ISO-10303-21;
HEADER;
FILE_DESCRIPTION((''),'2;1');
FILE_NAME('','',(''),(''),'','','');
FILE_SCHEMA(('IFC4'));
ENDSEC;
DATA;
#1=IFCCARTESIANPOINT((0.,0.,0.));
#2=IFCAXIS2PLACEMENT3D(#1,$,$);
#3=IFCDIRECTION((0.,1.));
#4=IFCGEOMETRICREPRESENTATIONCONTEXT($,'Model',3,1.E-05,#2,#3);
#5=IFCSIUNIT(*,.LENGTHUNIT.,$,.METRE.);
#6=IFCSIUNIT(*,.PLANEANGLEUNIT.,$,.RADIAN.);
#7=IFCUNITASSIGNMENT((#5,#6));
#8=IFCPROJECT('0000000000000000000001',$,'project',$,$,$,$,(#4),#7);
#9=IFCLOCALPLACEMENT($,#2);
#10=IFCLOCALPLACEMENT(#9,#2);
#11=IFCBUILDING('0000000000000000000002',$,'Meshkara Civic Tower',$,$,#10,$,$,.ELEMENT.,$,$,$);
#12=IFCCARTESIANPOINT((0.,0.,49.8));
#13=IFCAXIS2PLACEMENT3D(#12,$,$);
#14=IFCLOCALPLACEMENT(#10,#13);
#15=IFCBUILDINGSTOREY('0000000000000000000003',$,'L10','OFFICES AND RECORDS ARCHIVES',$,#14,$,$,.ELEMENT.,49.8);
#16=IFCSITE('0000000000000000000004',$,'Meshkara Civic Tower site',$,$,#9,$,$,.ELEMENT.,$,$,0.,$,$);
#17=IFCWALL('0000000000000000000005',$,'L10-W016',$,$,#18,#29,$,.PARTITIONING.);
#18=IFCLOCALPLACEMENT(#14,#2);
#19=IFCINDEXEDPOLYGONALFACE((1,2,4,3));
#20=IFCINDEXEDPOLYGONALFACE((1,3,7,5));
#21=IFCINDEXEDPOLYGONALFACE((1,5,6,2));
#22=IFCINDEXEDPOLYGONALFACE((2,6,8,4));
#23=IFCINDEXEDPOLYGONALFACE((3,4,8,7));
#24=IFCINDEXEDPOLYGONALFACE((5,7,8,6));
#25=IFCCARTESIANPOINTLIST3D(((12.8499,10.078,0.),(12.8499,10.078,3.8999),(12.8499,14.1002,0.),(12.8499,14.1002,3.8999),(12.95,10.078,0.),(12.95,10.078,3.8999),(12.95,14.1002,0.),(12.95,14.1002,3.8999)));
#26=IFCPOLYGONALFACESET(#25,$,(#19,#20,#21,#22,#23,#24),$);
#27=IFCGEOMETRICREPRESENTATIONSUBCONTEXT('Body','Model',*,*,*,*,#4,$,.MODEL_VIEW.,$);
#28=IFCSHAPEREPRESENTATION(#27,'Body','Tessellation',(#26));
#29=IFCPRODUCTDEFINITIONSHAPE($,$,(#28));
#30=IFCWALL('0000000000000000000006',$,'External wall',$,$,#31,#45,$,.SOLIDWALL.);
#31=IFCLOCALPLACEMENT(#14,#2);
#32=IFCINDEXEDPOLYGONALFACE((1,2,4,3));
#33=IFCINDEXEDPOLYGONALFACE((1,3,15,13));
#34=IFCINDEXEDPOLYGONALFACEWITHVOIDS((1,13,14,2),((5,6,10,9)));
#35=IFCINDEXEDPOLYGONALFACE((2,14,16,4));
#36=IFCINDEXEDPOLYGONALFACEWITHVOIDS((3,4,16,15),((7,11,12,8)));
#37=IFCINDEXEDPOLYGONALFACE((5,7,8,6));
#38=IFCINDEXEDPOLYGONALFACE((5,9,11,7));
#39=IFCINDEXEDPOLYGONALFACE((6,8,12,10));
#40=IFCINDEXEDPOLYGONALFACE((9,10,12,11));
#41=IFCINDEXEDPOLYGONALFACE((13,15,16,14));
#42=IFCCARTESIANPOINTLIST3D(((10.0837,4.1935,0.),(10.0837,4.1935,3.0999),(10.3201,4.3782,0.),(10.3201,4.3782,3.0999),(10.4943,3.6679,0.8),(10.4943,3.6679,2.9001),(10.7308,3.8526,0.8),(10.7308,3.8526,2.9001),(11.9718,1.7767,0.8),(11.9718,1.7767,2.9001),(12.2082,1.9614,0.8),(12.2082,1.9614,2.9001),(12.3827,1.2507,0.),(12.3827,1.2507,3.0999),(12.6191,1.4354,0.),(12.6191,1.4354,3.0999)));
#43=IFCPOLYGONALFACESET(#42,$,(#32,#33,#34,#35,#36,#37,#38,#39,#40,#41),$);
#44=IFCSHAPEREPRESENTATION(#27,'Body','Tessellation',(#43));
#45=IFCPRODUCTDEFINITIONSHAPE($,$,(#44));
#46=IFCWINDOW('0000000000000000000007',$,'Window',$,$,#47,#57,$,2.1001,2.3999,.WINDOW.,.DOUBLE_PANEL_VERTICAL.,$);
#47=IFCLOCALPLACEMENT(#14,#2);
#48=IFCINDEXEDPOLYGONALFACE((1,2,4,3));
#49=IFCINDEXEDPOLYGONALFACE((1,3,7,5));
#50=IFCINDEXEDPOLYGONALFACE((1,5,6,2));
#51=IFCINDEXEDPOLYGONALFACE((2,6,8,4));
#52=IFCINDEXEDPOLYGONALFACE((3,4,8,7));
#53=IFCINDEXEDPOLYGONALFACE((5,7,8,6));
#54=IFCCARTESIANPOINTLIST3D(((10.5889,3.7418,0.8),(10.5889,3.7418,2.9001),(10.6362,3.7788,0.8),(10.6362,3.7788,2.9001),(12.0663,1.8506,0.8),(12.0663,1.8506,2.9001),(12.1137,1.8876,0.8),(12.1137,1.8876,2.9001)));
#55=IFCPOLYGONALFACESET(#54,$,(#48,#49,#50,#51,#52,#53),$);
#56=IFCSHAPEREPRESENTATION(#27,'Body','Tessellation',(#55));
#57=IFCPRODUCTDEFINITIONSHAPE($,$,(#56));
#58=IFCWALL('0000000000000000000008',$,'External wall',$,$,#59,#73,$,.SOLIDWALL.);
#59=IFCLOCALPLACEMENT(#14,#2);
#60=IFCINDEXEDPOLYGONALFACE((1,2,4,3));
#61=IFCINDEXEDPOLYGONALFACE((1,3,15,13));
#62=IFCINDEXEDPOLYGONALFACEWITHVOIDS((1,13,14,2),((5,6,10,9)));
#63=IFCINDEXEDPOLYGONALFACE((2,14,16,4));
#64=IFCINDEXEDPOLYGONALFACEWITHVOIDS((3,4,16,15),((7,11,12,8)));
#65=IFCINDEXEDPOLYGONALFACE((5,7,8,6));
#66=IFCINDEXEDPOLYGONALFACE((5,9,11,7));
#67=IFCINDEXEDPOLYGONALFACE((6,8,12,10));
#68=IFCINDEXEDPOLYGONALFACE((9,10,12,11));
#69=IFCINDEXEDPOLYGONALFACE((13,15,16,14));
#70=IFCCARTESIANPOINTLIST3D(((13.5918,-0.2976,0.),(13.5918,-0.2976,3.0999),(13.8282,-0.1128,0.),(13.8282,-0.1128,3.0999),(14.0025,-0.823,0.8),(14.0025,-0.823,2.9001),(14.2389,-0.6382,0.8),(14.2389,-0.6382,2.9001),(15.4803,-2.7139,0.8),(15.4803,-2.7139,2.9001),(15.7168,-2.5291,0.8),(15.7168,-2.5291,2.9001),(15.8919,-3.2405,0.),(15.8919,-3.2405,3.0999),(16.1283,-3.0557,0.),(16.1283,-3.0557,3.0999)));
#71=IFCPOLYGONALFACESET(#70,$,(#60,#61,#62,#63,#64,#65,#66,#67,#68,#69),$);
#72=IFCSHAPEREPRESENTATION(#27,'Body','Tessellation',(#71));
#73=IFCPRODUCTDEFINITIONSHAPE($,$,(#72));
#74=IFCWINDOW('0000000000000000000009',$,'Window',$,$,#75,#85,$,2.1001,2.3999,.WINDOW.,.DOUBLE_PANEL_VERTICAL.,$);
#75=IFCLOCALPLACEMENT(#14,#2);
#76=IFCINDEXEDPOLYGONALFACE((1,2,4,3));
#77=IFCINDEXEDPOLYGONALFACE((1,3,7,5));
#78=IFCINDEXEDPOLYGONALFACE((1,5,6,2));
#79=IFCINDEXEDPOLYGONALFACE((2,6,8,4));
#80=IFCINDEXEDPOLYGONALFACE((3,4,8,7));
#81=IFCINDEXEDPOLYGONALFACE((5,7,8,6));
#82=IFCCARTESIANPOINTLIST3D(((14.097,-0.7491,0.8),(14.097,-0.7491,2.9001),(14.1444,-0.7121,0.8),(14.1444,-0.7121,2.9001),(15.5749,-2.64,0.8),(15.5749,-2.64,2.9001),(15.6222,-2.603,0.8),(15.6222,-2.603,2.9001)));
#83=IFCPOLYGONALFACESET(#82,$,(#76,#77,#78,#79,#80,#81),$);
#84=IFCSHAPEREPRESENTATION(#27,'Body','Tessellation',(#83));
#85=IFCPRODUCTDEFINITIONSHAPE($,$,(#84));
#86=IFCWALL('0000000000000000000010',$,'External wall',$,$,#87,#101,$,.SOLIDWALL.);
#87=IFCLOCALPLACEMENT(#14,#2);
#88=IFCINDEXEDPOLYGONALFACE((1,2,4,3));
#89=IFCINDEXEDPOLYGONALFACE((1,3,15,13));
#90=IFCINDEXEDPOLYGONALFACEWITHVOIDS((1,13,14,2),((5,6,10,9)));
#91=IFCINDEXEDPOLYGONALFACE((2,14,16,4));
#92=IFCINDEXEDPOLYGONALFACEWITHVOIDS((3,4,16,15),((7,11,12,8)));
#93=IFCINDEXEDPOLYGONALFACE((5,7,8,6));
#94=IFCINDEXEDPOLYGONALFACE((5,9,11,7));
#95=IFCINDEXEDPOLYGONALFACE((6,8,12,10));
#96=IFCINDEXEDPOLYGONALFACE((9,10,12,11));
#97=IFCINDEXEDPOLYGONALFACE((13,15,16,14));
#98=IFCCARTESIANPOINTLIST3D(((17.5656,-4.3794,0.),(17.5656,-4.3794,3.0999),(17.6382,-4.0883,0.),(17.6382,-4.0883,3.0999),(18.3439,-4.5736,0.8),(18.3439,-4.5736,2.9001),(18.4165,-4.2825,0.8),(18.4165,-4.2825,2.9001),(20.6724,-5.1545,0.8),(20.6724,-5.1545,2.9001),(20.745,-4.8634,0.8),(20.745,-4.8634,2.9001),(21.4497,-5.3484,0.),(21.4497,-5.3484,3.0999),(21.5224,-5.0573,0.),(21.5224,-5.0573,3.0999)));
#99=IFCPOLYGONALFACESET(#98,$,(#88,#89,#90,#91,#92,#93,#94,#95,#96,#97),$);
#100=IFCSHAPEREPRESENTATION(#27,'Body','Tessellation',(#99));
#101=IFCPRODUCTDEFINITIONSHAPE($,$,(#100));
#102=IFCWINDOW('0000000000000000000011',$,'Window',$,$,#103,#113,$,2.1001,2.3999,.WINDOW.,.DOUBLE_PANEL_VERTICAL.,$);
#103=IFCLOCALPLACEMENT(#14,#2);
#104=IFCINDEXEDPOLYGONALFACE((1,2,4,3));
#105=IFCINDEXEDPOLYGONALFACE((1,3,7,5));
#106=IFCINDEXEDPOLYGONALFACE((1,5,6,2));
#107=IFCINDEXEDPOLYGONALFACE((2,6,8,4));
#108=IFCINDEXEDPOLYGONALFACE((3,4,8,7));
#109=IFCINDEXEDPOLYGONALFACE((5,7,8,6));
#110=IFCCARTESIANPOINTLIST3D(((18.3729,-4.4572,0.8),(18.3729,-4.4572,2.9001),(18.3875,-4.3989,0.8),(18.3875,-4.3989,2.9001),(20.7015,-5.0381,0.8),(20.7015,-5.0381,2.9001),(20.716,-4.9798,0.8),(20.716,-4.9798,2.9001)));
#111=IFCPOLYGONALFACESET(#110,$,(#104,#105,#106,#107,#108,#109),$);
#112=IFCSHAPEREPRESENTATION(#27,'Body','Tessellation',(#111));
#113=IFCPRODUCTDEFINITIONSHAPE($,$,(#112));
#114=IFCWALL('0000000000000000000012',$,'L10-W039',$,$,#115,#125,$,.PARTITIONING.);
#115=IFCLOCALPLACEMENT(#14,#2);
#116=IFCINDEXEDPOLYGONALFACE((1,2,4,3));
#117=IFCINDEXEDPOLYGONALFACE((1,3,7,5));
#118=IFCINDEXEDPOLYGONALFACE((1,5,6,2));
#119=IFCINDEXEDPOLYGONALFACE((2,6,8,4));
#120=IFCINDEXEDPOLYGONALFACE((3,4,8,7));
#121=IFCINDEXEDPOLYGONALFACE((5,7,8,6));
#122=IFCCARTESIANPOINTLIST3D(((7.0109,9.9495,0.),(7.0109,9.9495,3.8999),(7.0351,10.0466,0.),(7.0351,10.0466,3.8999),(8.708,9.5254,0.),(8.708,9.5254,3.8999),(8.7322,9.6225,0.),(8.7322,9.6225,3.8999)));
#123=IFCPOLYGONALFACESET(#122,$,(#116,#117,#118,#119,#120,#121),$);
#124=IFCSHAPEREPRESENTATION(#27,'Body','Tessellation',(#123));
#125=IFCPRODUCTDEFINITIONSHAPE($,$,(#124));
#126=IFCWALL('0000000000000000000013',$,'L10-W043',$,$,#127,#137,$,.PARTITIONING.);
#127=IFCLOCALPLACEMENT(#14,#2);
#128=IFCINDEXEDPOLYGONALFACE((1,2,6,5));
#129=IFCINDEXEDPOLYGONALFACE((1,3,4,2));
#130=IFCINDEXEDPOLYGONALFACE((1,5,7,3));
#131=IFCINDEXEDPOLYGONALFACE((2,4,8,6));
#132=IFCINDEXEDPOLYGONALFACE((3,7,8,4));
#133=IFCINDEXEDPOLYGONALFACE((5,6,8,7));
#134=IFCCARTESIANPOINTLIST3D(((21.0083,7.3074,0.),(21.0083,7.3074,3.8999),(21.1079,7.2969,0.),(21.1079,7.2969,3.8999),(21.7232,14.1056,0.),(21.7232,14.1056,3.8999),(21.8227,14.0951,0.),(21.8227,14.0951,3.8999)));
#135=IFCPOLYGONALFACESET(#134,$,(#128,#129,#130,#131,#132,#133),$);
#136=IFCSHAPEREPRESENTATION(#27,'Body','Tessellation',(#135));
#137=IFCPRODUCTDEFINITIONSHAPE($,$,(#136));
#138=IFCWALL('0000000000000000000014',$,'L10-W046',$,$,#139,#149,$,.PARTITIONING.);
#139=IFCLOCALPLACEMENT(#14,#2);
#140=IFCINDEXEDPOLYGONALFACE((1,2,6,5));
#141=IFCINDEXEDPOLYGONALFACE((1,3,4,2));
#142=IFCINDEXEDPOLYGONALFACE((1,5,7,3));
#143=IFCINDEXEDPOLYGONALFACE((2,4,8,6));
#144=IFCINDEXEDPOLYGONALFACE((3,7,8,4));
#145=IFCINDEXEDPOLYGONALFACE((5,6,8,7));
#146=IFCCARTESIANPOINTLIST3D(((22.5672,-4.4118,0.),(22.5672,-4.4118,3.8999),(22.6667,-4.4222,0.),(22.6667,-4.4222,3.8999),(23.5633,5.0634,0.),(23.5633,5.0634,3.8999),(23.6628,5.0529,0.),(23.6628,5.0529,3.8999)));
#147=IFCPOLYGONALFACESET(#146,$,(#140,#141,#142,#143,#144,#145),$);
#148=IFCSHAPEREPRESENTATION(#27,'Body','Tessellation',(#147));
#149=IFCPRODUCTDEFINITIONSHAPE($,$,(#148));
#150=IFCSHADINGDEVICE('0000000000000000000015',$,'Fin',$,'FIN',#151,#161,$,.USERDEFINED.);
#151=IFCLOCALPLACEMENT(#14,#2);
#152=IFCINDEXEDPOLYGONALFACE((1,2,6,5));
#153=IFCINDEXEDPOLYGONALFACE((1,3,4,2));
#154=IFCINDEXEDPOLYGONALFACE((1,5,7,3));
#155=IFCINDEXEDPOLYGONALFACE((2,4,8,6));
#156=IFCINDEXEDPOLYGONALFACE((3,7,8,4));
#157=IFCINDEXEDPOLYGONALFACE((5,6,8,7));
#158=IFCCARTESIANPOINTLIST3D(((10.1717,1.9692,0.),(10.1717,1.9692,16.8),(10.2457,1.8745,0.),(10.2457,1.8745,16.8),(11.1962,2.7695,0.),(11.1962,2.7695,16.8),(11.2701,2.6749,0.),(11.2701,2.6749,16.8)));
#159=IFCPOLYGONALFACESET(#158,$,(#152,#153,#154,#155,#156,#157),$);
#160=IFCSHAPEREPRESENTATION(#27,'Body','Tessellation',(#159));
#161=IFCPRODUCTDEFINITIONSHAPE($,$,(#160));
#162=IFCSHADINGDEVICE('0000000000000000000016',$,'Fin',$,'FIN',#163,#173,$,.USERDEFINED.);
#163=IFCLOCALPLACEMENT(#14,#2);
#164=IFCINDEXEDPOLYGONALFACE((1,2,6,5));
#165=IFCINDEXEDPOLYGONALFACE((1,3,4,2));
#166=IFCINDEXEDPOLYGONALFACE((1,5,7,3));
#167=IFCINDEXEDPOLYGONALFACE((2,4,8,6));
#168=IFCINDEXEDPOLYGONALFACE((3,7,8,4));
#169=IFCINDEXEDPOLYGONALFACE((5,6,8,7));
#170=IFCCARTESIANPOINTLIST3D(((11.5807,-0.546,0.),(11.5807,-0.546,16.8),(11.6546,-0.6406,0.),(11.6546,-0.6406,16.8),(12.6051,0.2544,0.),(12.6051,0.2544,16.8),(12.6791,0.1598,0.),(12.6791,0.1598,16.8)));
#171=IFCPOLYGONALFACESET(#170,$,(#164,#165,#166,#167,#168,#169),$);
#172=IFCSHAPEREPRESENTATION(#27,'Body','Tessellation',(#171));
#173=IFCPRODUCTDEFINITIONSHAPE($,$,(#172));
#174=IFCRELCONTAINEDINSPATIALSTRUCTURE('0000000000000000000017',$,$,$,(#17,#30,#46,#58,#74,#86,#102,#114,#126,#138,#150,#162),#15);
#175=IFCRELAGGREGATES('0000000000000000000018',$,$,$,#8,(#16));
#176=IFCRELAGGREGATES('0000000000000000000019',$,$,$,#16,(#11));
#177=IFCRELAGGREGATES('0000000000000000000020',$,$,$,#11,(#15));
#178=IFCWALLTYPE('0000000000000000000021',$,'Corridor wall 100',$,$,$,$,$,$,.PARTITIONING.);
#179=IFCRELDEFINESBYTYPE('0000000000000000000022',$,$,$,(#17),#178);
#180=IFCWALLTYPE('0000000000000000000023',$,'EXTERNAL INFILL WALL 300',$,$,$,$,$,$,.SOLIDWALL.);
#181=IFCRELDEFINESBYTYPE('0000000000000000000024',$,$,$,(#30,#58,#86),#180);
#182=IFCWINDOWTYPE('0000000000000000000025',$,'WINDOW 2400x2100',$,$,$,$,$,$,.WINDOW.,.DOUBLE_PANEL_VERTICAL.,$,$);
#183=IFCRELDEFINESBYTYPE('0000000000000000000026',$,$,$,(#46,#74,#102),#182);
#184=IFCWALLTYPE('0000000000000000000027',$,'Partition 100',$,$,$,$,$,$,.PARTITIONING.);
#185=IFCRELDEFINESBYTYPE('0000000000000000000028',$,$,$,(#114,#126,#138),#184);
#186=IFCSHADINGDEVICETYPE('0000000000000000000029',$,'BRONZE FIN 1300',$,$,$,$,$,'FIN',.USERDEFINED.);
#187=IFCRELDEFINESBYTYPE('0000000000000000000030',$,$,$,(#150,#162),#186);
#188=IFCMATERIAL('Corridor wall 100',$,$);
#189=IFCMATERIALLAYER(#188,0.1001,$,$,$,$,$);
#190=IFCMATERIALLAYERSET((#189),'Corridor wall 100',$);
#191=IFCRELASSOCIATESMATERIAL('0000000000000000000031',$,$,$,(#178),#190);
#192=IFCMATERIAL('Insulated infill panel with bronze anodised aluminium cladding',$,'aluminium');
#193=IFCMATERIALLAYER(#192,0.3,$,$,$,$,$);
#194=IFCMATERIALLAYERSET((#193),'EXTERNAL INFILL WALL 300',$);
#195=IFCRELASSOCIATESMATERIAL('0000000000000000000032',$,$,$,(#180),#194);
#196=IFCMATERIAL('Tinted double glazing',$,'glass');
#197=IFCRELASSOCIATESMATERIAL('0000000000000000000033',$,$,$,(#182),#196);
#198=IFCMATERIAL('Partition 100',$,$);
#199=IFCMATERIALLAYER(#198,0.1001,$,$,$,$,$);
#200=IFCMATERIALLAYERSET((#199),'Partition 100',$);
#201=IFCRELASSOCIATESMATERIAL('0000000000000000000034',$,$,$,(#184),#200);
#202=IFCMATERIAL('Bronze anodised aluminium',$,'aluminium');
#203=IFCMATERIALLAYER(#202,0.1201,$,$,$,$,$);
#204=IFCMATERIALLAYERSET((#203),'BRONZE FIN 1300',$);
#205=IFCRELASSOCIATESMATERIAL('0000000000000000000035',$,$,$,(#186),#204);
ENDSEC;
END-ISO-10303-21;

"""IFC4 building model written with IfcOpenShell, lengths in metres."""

from ifc_helpers import new_model, si_unit, direction, frame, frame_2d, origin, origin_2d, place, context, subcontext, project, spatial, rectangle, extrude, material, layer, layer_set, type_object, element, fill, save


model = new_model("IFC4")

# Units and contexts
model_context = context("Model", 3, precision=1e-05, world=origin(), true_north=direction((0.0, 1.0)))
body_context = subcontext(model_context, "Body", "Model", "MODEL_VIEW")
ifc_project = project(units=[si_unit("LENGTHUNIT", "METRE"), si_unit("PLANEANGLEUNIT", "RADIAN")], contexts=[model_context])

# Site, building, storey
site_placement = place(None, origin())
site = spatial("IfcSite", under=ifc_project, at=site_placement, Name="Meshkara Civic Tower site", CompositionType="ELEMENT", RefElevation=0.0)
building_placement = place(site_placement, origin())
building = spatial("IfcBuilding", under=site, at=building_placement, Name="Meshkara Civic Tower", CompositionType="ELEMENT")
storey_placement = place(building_placement, frame((0.0, 0.0, 49.8)))
storey = spatial("IfcBuildingStorey", under=building, at=storey_placement, Name="L10", Description="OFFICES AND RECORDS ARCHIVES", CompositionType="ELEMENT", Elevation=49.8)

# Shared definitions
ifc_material_1 = material(Name="Corridor wall 100")
ifc_layer_1 = layer(ifc_material_1, 0.1001)
ifc_layer_set_1 = layer_set([ifc_layer_1], Name="Corridor wall 100")
wall_type_1 = type_object("IfcWallType", Name="Corridor wall 100", PredefinedType="PARTITIONING", material=ifc_layer_set_1)

# Wall
wall_1_placement = place(storey_placement, frame((12.8999, 10.0779, 0.0), z_axis=(0.0, 0.0, 1.0), x_axis=(0.0, 1.0, 0.0)))
element("IfcWall", 1, at=wall_1_placement, inside=storey, type_object=wall_type_1, Name="L10-W016", PredefinedType="PARTITIONING", context=body_context, shape_type="SweptSolid", body=[
    extrude(rectangle(XDim=4.0222, YDim=0.1001, at=frame_2d((2.0112, 0.0))), origin(), (0.0, 0.0, 1.0), 3.8999),
])

# Walls, openings, windows
ifc_material_2 = material(Name="Insulated infill panel with bronze anodised aluminium cladding", Category="aluminium")
ifc_layer_2 = layer(ifc_material_2, 0.3)
ifc_layer_set_2 = layer_set([ifc_layer_2], Name="EXTERNAL INFILL WALL 300")
wall_type_2 = type_object("IfcWallType", Name="EXTERNAL INFILL WALL 300", PredefinedType="SOLIDWALL", material=ifc_layer_set_2)
wall_2_placement = place(storey_placement, frame((10.2019, 4.2859, 0.0), z_axis=(0.0, 0.0, 1.0), x_axis=(0.615636, -0.78803, 0.0)))
wall_2 = element("IfcWall", 2, at=wall_2_placement, inside=storey, type_object=wall_type_2, Name="External wall", PredefinedType="SOLIDWALL", context=body_context, shape_type="SweptSolid", body=[
    extrude(rectangle(XDim=3.7344, YDim=0.3, at=frame_2d((1.8672, 0.0))), origin(), (0.0, 0.0, 1.0), 3.0999),
])
opening_1_placement = place(wall_2_placement, frame((0.667, 0.0, 0.8)))
opening_1 = element("IfcOpeningElement", 3, at=opening_1_placement, cuts=wall_2, PredefinedType="OPENING", context=body_context, shape_type="SweptSolid", body=[
    extrude(rectangle(XDim=2.3999, YDim=2.1001, at=frame_2d((1.2, 1.05))), frame((0.0, 0.1599, 0.0), z_axis=(0.0, -1.0, 0.0), x_axis=(1.0, 0.0, 0.0)), (0.0, 0.0, 1.0), 0.3201),
])
ifc_material_3 = material(Name="Tinted double glazing", Category="glass")
window_type = type_object("IfcWindowType", Name="WINDOW 2400x2100", PartitioningType="DOUBLE_PANEL_VERTICAL", PredefinedType="WINDOW", material=ifc_material_3)
window_1_placement = place(opening_1_placement, origin())
window_1 = element("IfcWindow", 4, at=window_1_placement, inside=storey, type_object=window_type, Name="Window", OverallHeight=2.1001, OverallWidth=2.3999, PartitioningType="DOUBLE_PANEL_VERTICAL", PredefinedType="WINDOW", context=body_context, shape_type="SweptSolid", body=[
    extrude(rectangle(XDim=2.3999, YDim=2.1001, at=frame_2d((1.2, 1.05))), frame((0.0, 0.03, 0.0), z_axis=(0.0, -1.0, 0.0), x_axis=(1.0, 0.0, 0.0)), (0.0, 0.0, 1.0), 0.0601),
])
fill(opening_1, window_1)
wall_3_placement = place(storey_placement, frame((13.71, -0.2051, 0.0), z_axis=(0.0, 0.0, 1.0), x_axis=(0.615799, -0.787903, 0.0)))
wall_3 = element("IfcWall", 5, at=wall_3_placement, inside=storey, type_object=wall_type_2, Name="External wall", PredefinedType="SOLIDWALL", context=body_context, shape_type="SweptSolid", body=[
    extrude(rectangle(XDim=3.7351, YDim=0.3, at=frame_2d((1.8677, 0.0))), origin(), (0.0, 0.0, 1.0), 3.0999),
])
opening_2_placement = place(wall_3_placement, frame((0.667, 0.0, 0.8)))
opening_2 = element("IfcOpeningElement", 6, at=opening_2_placement, cuts=wall_3, PredefinedType="OPENING", context=body_context, shape_type="SweptSolid", body=[
    extrude(rectangle(XDim=2.3999, YDim=2.1001, at=frame_2d((1.2, 1.05))), frame((0.0, 0.1599, 0.0), z_axis=(0.0, -1.0, 0.0), x_axis=(1.0, 0.0, 0.0)), (0.0, 0.0, 1.0), 0.3201),
])
window_2_placement = place(opening_2_placement, origin())
window_2 = element("IfcWindow", 7, at=window_2_placement, inside=storey, type_object=window_type, Name="Window", OverallHeight=2.1001, OverallWidth=2.3999, PartitioningType="DOUBLE_PANEL_VERTICAL", PredefinedType="WINDOW", context=body_context, shape_type="SweptSolid", body=[
    extrude(rectangle(XDim=2.3999, YDim=2.1001, at=frame_2d((1.2, 1.05))), frame((0.0, 0.03, 0.0), z_axis=(0.0, -1.0, 0.0), x_axis=(1.0, 0.0, 0.0)), (0.0, 0.0, 1.0), 0.0601),
])
fill(opening_2, window_2)
wall_4_placement = place(storey_placement, frame((17.6021, -4.2339, 0.0), z_axis=(0.0, 0.0, 1.0), x_axis=(0.970261, -0.242062, 0.0)))
wall_4 = element("IfcWall", 8, at=wall_4_placement, inside=storey, type_object=wall_type_2, Name="External wall", PredefinedType="SOLIDWALL", context=body_context, shape_type="SweptSolid", body=[
    extrude(rectangle(XDim=4.0032, YDim=0.3, at=frame_2d((2.0015, 0.0))), origin(), (0.0, 0.0, 1.0), 3.0999),
])
opening_3_placement = place(wall_4_placement, frame((0.802, 0.0, 0.8)))
opening_3 = element("IfcOpeningElement", 9, at=opening_3_placement, cuts=wall_4, PredefinedType="OPENING", context=body_context, shape_type="SweptSolid", body=[
    extrude(rectangle(XDim=2.3999, YDim=2.1001, at=frame_2d((1.2, 1.05))), frame((0.0, 0.1599, 0.0), z_axis=(0.0, -1.0, 0.0), x_axis=(1.0, 0.0, 0.0)), (0.0, 0.0, 1.0), 0.3201),
])
window_3_placement = place(opening_3_placement, origin())
window_3 = element("IfcWindow", 10, at=window_3_placement, inside=storey, type_object=window_type, Name="Window", OverallHeight=2.1001, OverallWidth=2.3999, PartitioningType="DOUBLE_PANEL_VERTICAL", PredefinedType="WINDOW", context=body_context, shape_type="SweptSolid", body=[
    extrude(rectangle(XDim=2.3999, YDim=2.1001, at=frame_2d((1.2, 1.05))), frame((0.0, 0.03, 0.0), z_axis=(0.0, -1.0, 0.0), x_axis=(1.0, 0.0, 0.0)), (0.0, 0.0, 1.0), 0.0601),
])
fill(opening_3, window_3)

# Walls
ifc_material_4 = material(Name="Partition 100")
ifc_layer_3 = layer(ifc_material_4, 0.1001)
ifc_layer_set_3 = layer_set([ifc_layer_3], Name="Partition 100")
wall_type_3 = type_object("IfcWallType", Name="Partition 100", PredefinedType="PARTITIONING", material=ifc_layer_set_3)
wall_5_placement = place(storey_placement, frame((8.72, 9.574, 0.0), z_axis=(0.0, 0.0, 1.0), x_axis=(-0.970167, 0.242437, 0.0)))
element("IfcWall", 11, at=wall_5_placement, inside=storey, type_object=wall_type_3, Name="L10-W039", PredefinedType="PARTITIONING", context=body_context, shape_type="SweptSolid", body=[
    extrude(rectangle(XDim=1.7493, YDim=0.1001, at=frame_2d((0.8745, 0.0))), origin(), (0.0, 0.0, 1.0), 3.8999),
])
wall_6_placement = place(storey_placement, frame((21.0581, 7.302, 0.0), z_axis=(0.0, 0.0, 1.0), x_axis=(0.104577, 0.994517, 0.0)))
element("IfcWall", 12, at=wall_6_placement, inside=storey, type_object=wall_type_3, Name="L10-W043", PredefinedType="PARTITIONING", context=body_context, shape_type="SweptSolid", body=[
    extrude(rectangle(XDim=6.8357, YDim=0.1001, at=frame_2d((3.418, 0.0))), origin(), (0.0, 0.0, 1.0), 3.8999),
])
wall_7_placement = place(storey_placement, frame((22.6169, -4.417, 0.0), z_axis=(0.0, 0.0, 1.0), x_axis=(0.104551, 0.994519, 0.0)))
element("IfcWall", 13, at=wall_7_placement, inside=storey, type_object=wall_type_3, Name="L10-W046", PredefinedType="PARTITIONING", context=body_context, shape_type="SweptSolid", body=[
    extrude(rectangle(XDim=9.5273, YDim=0.1001, at=frame_2d((4.7637, 0.0))), origin(), (0.0, 0.0, 1.0), 3.8999),
])

# Shading devices
ifc_material_5 = material(Name="Bronze anodised aluminium", Category="aluminium")
ifc_layer_4 = layer(ifc_material_5, 0.1201)
ifc_layer_set_4 = layer_set([ifc_layer_4], Name="BRONZE FIN 1300")
shading_device_type = type_object("IfcShadingDeviceType", Name="BRONZE FIN 1300", ElementType="FIN", PredefinedType="USERDEFINED", material=ifc_layer_set_4)
for number, where, z_axis, x_axis, name in (
    (14, (10.7209, 2.322, 0.0), (0.0, 0.0, 1.0), (0.615661, -0.788011, 0.0), "Fin"),
    (15, (12.1299, -0.1931, 0.0), (0.0, 0.0, 1.0), (0.615661, -0.788011, 0.0), "Fin"),
):
    element("IfcShadingDevice", number, at=place(storey_placement, frame(where, z_axis=z_axis, x_axis=x_axis)), inside=storey, type_object=shading_device_type, Name=name, ObjectType="FIN", PredefinedType="USERDEFINED", context=body_context, shape_type="SweptSolid", body=[
        extrude(rectangle(XDim=0.1201, YDim=1.3, at=origin_2d()), origin(), (0.0, 0.0, 1.0), 16.8),
    ])

save(model, "model.ifc")
